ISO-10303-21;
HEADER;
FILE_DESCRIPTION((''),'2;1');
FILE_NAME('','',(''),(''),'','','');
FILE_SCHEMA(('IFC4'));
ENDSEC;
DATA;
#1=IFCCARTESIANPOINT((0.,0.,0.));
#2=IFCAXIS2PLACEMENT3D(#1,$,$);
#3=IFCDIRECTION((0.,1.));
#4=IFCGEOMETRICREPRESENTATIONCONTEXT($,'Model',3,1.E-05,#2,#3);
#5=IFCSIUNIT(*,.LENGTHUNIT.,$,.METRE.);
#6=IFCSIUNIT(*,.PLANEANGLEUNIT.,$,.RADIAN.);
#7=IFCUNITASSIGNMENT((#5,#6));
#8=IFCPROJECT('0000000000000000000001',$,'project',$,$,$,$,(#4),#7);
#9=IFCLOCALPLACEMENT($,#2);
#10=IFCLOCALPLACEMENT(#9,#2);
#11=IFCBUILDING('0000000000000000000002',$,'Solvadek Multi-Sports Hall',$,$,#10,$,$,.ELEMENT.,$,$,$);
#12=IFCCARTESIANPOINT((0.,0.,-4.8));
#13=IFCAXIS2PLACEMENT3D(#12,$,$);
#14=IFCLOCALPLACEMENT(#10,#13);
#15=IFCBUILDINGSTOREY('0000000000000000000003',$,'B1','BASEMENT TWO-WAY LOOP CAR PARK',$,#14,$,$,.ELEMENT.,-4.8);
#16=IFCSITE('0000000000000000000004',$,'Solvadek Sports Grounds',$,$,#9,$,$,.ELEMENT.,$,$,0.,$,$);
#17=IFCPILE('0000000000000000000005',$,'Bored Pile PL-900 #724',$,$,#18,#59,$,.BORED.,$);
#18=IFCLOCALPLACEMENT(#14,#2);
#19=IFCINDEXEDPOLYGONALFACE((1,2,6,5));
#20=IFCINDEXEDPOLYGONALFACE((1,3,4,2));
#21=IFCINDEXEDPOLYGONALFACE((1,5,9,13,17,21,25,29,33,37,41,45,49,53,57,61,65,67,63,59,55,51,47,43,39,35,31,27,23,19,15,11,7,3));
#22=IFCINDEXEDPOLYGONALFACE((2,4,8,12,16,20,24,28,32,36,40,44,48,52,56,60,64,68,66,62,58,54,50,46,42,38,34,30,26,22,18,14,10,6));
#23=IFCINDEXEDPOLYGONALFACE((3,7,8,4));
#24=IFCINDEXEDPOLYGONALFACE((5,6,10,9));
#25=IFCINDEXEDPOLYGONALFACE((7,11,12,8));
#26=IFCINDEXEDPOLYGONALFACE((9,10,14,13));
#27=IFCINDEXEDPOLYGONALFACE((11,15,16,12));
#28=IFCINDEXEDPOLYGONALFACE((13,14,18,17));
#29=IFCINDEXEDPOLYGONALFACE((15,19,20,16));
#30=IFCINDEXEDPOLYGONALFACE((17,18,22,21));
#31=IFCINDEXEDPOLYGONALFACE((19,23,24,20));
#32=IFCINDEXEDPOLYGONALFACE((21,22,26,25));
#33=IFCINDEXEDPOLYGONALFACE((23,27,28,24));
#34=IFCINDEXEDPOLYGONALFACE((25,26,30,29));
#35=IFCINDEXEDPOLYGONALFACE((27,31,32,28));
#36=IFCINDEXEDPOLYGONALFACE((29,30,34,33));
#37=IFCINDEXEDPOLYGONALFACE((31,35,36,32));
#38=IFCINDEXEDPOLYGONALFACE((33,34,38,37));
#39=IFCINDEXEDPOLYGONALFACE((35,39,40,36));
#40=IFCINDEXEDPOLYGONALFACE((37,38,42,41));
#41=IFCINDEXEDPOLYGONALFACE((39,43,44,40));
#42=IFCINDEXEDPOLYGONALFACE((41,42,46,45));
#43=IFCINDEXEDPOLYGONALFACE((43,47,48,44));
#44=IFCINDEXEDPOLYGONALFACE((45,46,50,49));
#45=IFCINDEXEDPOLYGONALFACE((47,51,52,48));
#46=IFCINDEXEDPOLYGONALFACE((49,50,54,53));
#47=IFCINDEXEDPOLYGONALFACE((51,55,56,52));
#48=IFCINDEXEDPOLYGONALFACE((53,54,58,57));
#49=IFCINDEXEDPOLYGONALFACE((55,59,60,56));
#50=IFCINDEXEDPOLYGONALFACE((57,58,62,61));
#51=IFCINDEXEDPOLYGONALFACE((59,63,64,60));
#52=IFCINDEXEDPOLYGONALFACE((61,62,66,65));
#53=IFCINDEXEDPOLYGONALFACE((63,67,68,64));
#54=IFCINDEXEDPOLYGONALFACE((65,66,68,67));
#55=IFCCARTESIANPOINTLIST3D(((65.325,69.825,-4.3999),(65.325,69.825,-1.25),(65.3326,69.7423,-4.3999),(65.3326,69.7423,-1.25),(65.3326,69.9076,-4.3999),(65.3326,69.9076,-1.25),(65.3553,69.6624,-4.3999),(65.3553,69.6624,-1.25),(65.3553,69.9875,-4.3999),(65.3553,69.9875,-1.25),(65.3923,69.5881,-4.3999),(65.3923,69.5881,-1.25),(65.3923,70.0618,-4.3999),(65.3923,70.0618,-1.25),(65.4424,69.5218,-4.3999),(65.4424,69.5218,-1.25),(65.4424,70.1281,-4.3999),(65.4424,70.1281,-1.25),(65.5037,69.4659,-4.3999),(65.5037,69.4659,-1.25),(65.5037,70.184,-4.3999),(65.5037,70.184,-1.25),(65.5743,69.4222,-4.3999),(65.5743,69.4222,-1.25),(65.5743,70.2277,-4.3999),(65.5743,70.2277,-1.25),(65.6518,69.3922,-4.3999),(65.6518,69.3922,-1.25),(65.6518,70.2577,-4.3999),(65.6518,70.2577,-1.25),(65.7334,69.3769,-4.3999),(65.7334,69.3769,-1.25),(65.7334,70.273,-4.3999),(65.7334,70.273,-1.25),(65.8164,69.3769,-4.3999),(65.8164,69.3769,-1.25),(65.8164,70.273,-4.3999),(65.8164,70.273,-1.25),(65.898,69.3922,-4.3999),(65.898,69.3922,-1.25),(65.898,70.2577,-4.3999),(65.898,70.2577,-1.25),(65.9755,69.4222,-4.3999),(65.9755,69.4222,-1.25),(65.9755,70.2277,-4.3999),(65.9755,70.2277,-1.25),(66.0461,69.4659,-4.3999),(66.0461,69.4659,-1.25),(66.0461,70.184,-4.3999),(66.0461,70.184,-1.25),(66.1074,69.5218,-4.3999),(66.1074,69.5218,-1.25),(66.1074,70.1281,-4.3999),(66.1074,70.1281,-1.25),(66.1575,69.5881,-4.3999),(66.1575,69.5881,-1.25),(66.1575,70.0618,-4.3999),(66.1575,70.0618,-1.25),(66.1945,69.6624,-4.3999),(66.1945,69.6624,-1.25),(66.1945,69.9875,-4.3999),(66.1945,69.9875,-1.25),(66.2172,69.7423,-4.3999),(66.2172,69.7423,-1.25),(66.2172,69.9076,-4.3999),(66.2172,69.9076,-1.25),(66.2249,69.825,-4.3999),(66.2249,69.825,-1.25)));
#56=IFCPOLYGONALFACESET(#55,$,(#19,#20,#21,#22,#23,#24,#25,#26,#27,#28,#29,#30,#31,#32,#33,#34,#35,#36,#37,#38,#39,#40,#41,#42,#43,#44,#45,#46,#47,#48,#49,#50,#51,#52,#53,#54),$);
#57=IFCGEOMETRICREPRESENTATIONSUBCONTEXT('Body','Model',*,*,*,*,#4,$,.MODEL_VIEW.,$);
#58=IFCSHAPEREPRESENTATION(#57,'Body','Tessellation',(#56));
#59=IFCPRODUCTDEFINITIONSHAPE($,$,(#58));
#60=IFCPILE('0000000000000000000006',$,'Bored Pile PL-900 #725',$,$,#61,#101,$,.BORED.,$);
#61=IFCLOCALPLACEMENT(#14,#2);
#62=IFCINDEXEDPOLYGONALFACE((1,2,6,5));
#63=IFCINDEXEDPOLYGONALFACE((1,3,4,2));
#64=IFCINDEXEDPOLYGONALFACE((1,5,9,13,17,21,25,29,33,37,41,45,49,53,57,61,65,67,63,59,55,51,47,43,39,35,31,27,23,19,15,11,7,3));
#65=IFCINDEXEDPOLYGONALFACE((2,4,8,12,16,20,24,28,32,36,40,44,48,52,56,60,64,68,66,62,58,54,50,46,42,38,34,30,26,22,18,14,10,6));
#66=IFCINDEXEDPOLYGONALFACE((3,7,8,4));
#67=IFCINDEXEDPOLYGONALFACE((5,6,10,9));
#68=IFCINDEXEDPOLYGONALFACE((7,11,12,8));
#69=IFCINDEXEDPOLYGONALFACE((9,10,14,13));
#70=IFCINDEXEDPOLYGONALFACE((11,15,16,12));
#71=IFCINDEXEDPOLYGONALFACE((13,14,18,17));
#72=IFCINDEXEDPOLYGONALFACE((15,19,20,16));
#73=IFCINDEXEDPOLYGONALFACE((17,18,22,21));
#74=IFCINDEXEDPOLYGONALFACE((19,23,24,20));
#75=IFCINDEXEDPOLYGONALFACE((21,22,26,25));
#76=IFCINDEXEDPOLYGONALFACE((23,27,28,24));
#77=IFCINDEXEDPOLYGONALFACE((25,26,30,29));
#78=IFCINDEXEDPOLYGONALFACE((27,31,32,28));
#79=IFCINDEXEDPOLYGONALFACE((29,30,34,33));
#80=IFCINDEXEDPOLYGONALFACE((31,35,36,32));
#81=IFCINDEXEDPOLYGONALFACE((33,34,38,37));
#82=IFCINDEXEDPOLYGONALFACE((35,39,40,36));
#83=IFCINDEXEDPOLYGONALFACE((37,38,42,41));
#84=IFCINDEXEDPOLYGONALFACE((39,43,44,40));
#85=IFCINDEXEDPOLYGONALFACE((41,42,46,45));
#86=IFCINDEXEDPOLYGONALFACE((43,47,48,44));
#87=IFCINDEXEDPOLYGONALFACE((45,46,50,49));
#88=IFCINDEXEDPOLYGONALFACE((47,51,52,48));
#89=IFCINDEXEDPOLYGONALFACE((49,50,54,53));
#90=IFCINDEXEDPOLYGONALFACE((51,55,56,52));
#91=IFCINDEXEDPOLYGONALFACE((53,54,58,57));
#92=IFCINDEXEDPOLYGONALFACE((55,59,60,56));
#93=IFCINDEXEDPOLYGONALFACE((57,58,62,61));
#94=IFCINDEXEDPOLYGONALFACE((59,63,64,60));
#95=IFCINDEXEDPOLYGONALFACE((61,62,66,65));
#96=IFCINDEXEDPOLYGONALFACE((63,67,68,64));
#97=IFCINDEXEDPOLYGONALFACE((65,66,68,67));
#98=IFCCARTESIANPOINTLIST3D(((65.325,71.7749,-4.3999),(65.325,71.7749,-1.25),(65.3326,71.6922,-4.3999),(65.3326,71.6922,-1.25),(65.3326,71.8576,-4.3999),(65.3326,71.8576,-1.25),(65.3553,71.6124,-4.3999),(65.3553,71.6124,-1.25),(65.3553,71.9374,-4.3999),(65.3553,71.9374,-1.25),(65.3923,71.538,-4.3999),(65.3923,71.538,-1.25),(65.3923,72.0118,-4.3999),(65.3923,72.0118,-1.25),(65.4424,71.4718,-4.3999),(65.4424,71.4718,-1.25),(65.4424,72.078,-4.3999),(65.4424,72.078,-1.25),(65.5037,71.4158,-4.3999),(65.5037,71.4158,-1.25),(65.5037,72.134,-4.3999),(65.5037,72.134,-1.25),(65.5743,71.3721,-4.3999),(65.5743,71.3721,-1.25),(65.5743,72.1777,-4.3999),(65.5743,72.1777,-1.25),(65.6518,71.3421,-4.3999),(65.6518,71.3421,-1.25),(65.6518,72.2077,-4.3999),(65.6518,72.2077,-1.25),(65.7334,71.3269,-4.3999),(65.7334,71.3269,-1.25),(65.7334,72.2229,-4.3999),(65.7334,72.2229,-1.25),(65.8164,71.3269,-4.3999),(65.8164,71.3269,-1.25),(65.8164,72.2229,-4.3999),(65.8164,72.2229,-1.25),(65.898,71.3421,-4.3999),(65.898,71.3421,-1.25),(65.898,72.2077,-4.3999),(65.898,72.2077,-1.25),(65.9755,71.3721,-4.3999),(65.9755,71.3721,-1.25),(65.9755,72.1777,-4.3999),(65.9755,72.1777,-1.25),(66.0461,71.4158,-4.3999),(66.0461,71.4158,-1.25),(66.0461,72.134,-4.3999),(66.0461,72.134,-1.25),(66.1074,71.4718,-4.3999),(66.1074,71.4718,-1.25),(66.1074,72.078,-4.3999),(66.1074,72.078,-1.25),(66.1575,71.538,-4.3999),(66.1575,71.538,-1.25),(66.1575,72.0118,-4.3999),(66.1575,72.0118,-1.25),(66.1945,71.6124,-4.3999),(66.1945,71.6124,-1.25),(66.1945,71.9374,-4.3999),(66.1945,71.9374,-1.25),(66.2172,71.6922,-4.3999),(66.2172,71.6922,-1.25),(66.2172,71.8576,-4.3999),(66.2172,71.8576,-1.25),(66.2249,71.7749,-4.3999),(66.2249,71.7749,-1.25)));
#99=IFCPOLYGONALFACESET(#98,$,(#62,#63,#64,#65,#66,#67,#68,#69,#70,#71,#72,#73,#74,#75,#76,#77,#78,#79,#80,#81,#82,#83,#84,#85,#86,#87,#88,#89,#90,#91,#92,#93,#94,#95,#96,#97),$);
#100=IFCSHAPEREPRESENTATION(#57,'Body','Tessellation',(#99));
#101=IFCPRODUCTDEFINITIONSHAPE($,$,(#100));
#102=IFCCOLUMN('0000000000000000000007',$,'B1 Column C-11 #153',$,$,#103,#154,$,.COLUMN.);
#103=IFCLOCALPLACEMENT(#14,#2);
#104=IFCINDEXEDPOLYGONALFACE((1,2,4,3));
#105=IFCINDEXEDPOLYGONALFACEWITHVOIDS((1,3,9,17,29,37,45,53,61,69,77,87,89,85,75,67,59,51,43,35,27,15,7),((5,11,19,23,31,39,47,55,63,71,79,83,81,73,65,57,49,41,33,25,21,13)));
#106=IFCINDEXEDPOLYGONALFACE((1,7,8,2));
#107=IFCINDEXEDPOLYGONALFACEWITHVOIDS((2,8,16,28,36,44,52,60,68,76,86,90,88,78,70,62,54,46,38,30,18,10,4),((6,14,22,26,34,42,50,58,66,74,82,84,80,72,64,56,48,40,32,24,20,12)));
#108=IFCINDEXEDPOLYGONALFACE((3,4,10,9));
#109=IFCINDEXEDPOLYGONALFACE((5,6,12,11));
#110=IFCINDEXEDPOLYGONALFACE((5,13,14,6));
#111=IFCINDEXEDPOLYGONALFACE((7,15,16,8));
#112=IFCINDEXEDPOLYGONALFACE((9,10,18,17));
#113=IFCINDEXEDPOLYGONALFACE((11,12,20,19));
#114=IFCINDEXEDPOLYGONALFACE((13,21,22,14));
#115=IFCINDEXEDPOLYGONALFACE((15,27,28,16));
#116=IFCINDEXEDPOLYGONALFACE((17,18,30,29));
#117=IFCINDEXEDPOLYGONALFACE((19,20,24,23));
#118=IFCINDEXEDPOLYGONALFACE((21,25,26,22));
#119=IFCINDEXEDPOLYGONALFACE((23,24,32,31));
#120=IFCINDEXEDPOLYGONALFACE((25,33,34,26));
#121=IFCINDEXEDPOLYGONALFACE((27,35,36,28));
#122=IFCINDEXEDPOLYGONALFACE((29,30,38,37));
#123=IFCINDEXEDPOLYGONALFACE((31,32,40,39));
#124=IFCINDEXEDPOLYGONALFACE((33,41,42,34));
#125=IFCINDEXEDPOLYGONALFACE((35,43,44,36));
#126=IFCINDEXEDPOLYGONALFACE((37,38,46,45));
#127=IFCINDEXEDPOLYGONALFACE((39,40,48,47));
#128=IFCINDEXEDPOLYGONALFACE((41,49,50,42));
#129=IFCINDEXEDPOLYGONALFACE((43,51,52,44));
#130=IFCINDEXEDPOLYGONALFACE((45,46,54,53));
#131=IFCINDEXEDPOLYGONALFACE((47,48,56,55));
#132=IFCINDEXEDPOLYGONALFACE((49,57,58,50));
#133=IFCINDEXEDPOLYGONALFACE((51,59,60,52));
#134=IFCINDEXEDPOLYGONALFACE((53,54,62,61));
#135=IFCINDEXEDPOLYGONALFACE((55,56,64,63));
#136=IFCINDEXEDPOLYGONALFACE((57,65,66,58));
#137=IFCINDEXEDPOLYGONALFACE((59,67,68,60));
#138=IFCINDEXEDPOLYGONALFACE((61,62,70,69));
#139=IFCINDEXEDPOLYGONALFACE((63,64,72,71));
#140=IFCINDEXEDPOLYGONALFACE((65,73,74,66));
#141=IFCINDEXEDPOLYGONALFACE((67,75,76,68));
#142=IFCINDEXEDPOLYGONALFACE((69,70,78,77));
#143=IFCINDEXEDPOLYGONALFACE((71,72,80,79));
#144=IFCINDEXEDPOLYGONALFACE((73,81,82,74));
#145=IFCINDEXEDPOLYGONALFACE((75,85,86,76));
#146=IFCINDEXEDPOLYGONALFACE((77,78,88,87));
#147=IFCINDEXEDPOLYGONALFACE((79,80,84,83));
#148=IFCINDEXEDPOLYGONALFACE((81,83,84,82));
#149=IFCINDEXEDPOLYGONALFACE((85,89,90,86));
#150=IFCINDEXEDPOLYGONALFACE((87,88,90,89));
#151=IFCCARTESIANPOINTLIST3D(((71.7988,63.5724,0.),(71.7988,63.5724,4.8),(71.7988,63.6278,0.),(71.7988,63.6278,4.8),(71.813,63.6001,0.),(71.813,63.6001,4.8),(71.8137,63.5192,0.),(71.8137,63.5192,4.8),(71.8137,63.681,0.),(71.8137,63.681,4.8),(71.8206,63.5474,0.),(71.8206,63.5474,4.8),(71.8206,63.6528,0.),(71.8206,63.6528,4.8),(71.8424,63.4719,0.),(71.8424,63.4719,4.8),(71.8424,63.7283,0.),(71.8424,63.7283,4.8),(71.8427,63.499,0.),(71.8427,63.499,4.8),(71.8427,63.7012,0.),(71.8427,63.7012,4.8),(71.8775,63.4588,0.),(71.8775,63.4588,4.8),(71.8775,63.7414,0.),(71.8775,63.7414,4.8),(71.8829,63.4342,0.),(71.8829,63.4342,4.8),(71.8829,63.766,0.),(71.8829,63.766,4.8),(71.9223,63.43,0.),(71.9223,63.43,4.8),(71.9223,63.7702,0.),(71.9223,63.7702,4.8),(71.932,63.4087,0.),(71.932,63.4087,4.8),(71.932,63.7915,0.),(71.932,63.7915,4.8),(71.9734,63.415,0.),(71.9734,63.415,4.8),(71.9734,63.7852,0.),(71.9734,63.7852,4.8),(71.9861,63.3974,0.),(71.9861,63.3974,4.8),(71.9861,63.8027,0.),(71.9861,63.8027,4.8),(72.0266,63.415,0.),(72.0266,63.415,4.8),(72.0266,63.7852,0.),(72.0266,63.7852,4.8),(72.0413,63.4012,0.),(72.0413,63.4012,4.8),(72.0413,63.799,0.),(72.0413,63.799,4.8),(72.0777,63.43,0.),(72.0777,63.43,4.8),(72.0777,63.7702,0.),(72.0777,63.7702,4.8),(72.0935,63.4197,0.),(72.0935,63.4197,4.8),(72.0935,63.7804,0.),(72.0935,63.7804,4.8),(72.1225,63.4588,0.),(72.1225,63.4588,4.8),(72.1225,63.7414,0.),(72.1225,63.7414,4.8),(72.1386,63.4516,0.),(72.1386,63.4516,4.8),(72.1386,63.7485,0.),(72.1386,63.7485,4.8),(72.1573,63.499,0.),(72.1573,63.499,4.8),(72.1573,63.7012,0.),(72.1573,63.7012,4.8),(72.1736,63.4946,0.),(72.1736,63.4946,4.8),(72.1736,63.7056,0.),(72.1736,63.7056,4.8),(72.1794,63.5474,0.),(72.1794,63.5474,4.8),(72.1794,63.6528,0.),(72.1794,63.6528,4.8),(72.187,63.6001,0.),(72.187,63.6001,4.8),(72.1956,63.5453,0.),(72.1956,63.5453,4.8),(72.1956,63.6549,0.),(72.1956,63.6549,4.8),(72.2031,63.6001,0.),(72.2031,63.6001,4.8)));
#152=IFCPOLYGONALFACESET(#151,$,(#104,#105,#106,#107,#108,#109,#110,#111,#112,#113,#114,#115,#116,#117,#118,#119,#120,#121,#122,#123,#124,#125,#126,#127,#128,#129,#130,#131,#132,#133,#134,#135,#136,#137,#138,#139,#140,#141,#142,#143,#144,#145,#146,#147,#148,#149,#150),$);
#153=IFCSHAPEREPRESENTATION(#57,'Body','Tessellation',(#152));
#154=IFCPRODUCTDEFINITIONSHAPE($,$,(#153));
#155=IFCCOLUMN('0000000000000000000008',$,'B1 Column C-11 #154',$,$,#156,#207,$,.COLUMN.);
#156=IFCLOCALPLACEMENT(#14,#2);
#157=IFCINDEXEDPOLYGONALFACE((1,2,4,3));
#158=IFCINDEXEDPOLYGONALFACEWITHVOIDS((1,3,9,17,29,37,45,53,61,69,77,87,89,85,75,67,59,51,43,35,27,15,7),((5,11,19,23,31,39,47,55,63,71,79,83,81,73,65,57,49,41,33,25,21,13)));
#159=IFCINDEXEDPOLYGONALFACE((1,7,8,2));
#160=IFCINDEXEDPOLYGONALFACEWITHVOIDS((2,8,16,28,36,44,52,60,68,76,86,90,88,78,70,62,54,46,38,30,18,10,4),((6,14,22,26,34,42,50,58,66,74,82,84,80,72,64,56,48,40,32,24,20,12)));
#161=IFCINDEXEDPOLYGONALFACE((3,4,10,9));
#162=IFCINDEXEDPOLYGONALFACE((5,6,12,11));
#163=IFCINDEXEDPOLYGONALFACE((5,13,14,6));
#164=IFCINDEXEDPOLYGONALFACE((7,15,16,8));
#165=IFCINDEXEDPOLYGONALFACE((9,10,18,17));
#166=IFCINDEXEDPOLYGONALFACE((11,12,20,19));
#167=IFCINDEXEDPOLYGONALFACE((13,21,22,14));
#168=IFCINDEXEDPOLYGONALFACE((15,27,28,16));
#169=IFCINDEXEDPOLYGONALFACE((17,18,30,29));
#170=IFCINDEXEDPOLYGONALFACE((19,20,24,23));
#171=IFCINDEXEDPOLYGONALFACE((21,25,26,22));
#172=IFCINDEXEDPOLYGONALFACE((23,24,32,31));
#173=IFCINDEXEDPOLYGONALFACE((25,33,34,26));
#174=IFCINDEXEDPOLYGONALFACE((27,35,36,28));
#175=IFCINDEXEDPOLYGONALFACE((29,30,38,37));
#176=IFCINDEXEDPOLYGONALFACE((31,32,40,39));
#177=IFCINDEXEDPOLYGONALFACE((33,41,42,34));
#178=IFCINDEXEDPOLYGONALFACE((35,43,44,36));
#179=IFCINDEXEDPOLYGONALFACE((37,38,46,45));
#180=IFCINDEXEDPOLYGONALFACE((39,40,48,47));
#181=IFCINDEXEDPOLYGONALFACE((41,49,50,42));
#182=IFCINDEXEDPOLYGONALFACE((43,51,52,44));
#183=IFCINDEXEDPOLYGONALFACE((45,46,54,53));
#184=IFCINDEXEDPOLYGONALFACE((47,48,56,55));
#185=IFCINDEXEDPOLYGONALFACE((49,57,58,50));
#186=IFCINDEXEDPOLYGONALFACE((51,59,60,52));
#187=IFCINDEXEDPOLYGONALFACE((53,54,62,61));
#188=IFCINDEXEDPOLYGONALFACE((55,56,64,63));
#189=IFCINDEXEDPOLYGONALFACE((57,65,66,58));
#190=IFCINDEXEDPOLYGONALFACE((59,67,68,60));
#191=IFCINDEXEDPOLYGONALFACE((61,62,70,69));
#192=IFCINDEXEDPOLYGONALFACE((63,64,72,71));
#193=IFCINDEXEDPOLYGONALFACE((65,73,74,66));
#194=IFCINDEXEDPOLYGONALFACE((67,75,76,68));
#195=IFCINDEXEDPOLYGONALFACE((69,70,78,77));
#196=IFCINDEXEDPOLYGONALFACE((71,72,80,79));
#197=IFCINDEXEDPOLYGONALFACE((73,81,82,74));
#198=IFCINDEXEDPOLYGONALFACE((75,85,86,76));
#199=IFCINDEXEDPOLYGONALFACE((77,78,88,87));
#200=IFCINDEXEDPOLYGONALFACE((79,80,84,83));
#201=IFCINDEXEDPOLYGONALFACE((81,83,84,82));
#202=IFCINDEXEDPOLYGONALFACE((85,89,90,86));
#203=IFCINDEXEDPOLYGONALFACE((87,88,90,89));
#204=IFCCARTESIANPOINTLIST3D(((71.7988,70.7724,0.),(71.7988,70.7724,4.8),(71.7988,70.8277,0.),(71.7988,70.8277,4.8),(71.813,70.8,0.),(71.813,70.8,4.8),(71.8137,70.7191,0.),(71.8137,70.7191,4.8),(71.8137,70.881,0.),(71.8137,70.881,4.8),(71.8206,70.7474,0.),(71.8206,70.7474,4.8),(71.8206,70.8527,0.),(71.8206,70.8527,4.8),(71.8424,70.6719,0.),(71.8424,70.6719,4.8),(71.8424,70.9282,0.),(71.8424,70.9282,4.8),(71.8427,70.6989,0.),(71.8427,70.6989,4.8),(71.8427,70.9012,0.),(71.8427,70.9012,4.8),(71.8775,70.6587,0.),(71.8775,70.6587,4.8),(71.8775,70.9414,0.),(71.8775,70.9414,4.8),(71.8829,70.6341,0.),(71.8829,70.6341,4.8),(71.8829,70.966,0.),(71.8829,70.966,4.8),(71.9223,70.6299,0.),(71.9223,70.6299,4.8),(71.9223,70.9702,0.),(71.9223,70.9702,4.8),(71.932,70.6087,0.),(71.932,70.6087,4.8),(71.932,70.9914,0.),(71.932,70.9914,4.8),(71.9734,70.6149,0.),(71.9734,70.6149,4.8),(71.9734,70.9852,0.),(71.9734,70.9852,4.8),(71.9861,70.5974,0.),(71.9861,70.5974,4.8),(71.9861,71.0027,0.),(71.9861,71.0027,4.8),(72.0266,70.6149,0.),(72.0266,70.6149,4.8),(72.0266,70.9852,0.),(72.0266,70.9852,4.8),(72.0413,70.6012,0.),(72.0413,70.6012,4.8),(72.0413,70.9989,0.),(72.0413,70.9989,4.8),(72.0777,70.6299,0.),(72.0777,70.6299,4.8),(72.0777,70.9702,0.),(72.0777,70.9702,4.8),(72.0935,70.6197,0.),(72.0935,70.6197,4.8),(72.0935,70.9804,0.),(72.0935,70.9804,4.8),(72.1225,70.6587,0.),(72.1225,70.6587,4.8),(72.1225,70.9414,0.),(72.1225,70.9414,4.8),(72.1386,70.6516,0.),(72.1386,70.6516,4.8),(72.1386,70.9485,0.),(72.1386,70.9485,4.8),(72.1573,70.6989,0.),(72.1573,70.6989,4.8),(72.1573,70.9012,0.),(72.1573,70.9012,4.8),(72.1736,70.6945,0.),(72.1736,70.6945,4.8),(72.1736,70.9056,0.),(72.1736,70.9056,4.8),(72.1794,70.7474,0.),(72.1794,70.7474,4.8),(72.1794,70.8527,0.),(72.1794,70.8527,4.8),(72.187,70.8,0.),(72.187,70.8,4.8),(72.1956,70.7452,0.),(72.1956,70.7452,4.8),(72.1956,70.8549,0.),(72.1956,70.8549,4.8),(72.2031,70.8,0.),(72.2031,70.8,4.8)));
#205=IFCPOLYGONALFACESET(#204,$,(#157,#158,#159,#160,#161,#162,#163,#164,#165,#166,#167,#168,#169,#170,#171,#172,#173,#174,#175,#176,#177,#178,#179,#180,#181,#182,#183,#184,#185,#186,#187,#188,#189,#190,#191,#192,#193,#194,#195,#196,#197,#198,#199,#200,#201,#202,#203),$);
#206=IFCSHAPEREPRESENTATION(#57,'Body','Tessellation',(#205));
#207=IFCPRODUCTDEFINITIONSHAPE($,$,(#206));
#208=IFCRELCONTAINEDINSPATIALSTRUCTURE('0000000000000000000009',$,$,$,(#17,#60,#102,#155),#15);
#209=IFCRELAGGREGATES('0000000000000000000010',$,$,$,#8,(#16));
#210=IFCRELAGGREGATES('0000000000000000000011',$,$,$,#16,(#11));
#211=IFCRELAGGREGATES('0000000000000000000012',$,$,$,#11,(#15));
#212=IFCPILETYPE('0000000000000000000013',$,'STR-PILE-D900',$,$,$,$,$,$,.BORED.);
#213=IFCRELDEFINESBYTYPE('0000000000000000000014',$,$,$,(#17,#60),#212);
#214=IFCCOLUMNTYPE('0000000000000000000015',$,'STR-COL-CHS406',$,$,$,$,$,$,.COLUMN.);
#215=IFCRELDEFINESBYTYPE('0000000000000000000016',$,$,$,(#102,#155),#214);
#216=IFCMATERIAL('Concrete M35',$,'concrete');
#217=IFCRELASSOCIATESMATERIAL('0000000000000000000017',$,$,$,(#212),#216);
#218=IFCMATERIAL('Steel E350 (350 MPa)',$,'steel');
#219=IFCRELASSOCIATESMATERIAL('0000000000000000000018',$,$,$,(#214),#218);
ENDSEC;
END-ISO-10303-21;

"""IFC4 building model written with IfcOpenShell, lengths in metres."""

from ifc_helpers import new_model, si_unit, direction, frame, origin, origin_2d, place, context, subcontext, project, spatial, circle, hollow_circle, extrude, material, material_profile, profile_set, type_object, element, save


model = new_model("IFC4")

# Units and contexts
model_context = context("Model", 3, precision=1e-05, world=origin(), true_north=direction((0.0, 1.0)))
body_context = subcontext(model_context, "Body", "Model", "MODEL_VIEW")
ifc_project = project(units=[si_unit("LENGTHUNIT", "METRE"), si_unit("PLANEANGLEUNIT", "RADIAN")], contexts=[model_context])

# Site, building, storey
site_placement = place(None, origin())
site = spatial("IfcSite", under=ifc_project, at=site_placement, Name="Solvadek Sports Grounds", CompositionType="ELEMENT", RefElevation=0.0)
building_placement = place(site_placement, origin())
building = spatial("IfcBuilding", under=site, at=building_placement, Name="Solvadek Multi-Sports Hall", CompositionType="ELEMENT")
storey_placement = place(building_placement, frame((0.0, 0.0, -4.8)))
storey = spatial("IfcBuildingStorey", under=building, at=storey_placement, Name="B1", Description="BASEMENT TWO-WAY LOOP CAR PARK", CompositionType="ELEMENT", Elevation=-4.8)

# Piles
ifc_material_1 = material(Name="Concrete M35", Category="concrete")
ifc_material_profile_1 = material_profile(ifc_material_1, circle(Radius=0.45, at=origin_2d()), Name="BORED PILE D900")
ifc_profile_set_1 = profile_set([ifc_material_profile_1], Name="Concrete M35")
pile_type_1 = type_object("IfcPileType", Name="STR-PILE-D900", PredefinedType="BORED", material=ifc_profile_set_1)
for number, where, z_axis, x_axis, name in (
    (1, (65.7749, 69.825, -1.25), (0.0, 0.0, -1.0), (1.0, 0.0, 0.0), "Bored Pile PL-900 #724"),
    (2, (65.7749, 71.7749, -1.25), (0.0, 0.0, -1.0), (1.0, 0.0, 0.0), "Bored Pile PL-900 #725"),
):
    element("IfcPile", number, at=place(storey_placement, frame(where, z_axis=z_axis, x_axis=x_axis)), inside=storey, type_object=pile_type_1, Name=name, PredefinedType="BORED", context=body_context, shape_type="SweptSolid", body=[
        extrude(circle(Radius=0.45, at=origin_2d()), origin(), (0.0, 0.0, 1.0), 3.1499),
    ])

# Columns
ifc_material_2 = material(Name="Steel E350 (350 MPa)", Category="steel")
ifc_material_profile_2 = material_profile(ifc_material_2, hollow_circle(Radius=0.2031, WallThickness=0.0161, at=origin_2d()), Name="CHS 406.4x16")
ifc_profile_set_2 = profile_set([ifc_material_profile_2], Name="Steel E350 (350 MPa)")
column_type = type_object("IfcColumnType", Name="STR-COL-CHS406", PredefinedType="COLUMN", material=ifc_profile_set_2)
for number, where, z_axis, x_axis, name in (
    (3, (72.0, 63.6001, 0.0), (0.0, 0.0, 1.0), (1.0, 0.0, 0.0), "B1 Column C-11 #153"),
    (4, (72.0, 70.8, 0.0), (0.0, 0.0, 1.0), (1.0, 0.0, 0.0), "B1 Column C-11 #154"),
):
    element("IfcColumn", number, at=place(storey_placement, frame(where, z_axis=z_axis, x_axis=x_axis)), inside=storey, type_object=column_type, Name=name, PredefinedType="COLUMN", context=body_context, shape_type="SweptSolid", body=[
        extrude(hollow_circle(Radius=0.2031, WallThickness=0.0161, at=origin_2d()), origin(), (0.0, 0.0, 1.0), 4.8),
    ])

save(model, "model.ifc")
